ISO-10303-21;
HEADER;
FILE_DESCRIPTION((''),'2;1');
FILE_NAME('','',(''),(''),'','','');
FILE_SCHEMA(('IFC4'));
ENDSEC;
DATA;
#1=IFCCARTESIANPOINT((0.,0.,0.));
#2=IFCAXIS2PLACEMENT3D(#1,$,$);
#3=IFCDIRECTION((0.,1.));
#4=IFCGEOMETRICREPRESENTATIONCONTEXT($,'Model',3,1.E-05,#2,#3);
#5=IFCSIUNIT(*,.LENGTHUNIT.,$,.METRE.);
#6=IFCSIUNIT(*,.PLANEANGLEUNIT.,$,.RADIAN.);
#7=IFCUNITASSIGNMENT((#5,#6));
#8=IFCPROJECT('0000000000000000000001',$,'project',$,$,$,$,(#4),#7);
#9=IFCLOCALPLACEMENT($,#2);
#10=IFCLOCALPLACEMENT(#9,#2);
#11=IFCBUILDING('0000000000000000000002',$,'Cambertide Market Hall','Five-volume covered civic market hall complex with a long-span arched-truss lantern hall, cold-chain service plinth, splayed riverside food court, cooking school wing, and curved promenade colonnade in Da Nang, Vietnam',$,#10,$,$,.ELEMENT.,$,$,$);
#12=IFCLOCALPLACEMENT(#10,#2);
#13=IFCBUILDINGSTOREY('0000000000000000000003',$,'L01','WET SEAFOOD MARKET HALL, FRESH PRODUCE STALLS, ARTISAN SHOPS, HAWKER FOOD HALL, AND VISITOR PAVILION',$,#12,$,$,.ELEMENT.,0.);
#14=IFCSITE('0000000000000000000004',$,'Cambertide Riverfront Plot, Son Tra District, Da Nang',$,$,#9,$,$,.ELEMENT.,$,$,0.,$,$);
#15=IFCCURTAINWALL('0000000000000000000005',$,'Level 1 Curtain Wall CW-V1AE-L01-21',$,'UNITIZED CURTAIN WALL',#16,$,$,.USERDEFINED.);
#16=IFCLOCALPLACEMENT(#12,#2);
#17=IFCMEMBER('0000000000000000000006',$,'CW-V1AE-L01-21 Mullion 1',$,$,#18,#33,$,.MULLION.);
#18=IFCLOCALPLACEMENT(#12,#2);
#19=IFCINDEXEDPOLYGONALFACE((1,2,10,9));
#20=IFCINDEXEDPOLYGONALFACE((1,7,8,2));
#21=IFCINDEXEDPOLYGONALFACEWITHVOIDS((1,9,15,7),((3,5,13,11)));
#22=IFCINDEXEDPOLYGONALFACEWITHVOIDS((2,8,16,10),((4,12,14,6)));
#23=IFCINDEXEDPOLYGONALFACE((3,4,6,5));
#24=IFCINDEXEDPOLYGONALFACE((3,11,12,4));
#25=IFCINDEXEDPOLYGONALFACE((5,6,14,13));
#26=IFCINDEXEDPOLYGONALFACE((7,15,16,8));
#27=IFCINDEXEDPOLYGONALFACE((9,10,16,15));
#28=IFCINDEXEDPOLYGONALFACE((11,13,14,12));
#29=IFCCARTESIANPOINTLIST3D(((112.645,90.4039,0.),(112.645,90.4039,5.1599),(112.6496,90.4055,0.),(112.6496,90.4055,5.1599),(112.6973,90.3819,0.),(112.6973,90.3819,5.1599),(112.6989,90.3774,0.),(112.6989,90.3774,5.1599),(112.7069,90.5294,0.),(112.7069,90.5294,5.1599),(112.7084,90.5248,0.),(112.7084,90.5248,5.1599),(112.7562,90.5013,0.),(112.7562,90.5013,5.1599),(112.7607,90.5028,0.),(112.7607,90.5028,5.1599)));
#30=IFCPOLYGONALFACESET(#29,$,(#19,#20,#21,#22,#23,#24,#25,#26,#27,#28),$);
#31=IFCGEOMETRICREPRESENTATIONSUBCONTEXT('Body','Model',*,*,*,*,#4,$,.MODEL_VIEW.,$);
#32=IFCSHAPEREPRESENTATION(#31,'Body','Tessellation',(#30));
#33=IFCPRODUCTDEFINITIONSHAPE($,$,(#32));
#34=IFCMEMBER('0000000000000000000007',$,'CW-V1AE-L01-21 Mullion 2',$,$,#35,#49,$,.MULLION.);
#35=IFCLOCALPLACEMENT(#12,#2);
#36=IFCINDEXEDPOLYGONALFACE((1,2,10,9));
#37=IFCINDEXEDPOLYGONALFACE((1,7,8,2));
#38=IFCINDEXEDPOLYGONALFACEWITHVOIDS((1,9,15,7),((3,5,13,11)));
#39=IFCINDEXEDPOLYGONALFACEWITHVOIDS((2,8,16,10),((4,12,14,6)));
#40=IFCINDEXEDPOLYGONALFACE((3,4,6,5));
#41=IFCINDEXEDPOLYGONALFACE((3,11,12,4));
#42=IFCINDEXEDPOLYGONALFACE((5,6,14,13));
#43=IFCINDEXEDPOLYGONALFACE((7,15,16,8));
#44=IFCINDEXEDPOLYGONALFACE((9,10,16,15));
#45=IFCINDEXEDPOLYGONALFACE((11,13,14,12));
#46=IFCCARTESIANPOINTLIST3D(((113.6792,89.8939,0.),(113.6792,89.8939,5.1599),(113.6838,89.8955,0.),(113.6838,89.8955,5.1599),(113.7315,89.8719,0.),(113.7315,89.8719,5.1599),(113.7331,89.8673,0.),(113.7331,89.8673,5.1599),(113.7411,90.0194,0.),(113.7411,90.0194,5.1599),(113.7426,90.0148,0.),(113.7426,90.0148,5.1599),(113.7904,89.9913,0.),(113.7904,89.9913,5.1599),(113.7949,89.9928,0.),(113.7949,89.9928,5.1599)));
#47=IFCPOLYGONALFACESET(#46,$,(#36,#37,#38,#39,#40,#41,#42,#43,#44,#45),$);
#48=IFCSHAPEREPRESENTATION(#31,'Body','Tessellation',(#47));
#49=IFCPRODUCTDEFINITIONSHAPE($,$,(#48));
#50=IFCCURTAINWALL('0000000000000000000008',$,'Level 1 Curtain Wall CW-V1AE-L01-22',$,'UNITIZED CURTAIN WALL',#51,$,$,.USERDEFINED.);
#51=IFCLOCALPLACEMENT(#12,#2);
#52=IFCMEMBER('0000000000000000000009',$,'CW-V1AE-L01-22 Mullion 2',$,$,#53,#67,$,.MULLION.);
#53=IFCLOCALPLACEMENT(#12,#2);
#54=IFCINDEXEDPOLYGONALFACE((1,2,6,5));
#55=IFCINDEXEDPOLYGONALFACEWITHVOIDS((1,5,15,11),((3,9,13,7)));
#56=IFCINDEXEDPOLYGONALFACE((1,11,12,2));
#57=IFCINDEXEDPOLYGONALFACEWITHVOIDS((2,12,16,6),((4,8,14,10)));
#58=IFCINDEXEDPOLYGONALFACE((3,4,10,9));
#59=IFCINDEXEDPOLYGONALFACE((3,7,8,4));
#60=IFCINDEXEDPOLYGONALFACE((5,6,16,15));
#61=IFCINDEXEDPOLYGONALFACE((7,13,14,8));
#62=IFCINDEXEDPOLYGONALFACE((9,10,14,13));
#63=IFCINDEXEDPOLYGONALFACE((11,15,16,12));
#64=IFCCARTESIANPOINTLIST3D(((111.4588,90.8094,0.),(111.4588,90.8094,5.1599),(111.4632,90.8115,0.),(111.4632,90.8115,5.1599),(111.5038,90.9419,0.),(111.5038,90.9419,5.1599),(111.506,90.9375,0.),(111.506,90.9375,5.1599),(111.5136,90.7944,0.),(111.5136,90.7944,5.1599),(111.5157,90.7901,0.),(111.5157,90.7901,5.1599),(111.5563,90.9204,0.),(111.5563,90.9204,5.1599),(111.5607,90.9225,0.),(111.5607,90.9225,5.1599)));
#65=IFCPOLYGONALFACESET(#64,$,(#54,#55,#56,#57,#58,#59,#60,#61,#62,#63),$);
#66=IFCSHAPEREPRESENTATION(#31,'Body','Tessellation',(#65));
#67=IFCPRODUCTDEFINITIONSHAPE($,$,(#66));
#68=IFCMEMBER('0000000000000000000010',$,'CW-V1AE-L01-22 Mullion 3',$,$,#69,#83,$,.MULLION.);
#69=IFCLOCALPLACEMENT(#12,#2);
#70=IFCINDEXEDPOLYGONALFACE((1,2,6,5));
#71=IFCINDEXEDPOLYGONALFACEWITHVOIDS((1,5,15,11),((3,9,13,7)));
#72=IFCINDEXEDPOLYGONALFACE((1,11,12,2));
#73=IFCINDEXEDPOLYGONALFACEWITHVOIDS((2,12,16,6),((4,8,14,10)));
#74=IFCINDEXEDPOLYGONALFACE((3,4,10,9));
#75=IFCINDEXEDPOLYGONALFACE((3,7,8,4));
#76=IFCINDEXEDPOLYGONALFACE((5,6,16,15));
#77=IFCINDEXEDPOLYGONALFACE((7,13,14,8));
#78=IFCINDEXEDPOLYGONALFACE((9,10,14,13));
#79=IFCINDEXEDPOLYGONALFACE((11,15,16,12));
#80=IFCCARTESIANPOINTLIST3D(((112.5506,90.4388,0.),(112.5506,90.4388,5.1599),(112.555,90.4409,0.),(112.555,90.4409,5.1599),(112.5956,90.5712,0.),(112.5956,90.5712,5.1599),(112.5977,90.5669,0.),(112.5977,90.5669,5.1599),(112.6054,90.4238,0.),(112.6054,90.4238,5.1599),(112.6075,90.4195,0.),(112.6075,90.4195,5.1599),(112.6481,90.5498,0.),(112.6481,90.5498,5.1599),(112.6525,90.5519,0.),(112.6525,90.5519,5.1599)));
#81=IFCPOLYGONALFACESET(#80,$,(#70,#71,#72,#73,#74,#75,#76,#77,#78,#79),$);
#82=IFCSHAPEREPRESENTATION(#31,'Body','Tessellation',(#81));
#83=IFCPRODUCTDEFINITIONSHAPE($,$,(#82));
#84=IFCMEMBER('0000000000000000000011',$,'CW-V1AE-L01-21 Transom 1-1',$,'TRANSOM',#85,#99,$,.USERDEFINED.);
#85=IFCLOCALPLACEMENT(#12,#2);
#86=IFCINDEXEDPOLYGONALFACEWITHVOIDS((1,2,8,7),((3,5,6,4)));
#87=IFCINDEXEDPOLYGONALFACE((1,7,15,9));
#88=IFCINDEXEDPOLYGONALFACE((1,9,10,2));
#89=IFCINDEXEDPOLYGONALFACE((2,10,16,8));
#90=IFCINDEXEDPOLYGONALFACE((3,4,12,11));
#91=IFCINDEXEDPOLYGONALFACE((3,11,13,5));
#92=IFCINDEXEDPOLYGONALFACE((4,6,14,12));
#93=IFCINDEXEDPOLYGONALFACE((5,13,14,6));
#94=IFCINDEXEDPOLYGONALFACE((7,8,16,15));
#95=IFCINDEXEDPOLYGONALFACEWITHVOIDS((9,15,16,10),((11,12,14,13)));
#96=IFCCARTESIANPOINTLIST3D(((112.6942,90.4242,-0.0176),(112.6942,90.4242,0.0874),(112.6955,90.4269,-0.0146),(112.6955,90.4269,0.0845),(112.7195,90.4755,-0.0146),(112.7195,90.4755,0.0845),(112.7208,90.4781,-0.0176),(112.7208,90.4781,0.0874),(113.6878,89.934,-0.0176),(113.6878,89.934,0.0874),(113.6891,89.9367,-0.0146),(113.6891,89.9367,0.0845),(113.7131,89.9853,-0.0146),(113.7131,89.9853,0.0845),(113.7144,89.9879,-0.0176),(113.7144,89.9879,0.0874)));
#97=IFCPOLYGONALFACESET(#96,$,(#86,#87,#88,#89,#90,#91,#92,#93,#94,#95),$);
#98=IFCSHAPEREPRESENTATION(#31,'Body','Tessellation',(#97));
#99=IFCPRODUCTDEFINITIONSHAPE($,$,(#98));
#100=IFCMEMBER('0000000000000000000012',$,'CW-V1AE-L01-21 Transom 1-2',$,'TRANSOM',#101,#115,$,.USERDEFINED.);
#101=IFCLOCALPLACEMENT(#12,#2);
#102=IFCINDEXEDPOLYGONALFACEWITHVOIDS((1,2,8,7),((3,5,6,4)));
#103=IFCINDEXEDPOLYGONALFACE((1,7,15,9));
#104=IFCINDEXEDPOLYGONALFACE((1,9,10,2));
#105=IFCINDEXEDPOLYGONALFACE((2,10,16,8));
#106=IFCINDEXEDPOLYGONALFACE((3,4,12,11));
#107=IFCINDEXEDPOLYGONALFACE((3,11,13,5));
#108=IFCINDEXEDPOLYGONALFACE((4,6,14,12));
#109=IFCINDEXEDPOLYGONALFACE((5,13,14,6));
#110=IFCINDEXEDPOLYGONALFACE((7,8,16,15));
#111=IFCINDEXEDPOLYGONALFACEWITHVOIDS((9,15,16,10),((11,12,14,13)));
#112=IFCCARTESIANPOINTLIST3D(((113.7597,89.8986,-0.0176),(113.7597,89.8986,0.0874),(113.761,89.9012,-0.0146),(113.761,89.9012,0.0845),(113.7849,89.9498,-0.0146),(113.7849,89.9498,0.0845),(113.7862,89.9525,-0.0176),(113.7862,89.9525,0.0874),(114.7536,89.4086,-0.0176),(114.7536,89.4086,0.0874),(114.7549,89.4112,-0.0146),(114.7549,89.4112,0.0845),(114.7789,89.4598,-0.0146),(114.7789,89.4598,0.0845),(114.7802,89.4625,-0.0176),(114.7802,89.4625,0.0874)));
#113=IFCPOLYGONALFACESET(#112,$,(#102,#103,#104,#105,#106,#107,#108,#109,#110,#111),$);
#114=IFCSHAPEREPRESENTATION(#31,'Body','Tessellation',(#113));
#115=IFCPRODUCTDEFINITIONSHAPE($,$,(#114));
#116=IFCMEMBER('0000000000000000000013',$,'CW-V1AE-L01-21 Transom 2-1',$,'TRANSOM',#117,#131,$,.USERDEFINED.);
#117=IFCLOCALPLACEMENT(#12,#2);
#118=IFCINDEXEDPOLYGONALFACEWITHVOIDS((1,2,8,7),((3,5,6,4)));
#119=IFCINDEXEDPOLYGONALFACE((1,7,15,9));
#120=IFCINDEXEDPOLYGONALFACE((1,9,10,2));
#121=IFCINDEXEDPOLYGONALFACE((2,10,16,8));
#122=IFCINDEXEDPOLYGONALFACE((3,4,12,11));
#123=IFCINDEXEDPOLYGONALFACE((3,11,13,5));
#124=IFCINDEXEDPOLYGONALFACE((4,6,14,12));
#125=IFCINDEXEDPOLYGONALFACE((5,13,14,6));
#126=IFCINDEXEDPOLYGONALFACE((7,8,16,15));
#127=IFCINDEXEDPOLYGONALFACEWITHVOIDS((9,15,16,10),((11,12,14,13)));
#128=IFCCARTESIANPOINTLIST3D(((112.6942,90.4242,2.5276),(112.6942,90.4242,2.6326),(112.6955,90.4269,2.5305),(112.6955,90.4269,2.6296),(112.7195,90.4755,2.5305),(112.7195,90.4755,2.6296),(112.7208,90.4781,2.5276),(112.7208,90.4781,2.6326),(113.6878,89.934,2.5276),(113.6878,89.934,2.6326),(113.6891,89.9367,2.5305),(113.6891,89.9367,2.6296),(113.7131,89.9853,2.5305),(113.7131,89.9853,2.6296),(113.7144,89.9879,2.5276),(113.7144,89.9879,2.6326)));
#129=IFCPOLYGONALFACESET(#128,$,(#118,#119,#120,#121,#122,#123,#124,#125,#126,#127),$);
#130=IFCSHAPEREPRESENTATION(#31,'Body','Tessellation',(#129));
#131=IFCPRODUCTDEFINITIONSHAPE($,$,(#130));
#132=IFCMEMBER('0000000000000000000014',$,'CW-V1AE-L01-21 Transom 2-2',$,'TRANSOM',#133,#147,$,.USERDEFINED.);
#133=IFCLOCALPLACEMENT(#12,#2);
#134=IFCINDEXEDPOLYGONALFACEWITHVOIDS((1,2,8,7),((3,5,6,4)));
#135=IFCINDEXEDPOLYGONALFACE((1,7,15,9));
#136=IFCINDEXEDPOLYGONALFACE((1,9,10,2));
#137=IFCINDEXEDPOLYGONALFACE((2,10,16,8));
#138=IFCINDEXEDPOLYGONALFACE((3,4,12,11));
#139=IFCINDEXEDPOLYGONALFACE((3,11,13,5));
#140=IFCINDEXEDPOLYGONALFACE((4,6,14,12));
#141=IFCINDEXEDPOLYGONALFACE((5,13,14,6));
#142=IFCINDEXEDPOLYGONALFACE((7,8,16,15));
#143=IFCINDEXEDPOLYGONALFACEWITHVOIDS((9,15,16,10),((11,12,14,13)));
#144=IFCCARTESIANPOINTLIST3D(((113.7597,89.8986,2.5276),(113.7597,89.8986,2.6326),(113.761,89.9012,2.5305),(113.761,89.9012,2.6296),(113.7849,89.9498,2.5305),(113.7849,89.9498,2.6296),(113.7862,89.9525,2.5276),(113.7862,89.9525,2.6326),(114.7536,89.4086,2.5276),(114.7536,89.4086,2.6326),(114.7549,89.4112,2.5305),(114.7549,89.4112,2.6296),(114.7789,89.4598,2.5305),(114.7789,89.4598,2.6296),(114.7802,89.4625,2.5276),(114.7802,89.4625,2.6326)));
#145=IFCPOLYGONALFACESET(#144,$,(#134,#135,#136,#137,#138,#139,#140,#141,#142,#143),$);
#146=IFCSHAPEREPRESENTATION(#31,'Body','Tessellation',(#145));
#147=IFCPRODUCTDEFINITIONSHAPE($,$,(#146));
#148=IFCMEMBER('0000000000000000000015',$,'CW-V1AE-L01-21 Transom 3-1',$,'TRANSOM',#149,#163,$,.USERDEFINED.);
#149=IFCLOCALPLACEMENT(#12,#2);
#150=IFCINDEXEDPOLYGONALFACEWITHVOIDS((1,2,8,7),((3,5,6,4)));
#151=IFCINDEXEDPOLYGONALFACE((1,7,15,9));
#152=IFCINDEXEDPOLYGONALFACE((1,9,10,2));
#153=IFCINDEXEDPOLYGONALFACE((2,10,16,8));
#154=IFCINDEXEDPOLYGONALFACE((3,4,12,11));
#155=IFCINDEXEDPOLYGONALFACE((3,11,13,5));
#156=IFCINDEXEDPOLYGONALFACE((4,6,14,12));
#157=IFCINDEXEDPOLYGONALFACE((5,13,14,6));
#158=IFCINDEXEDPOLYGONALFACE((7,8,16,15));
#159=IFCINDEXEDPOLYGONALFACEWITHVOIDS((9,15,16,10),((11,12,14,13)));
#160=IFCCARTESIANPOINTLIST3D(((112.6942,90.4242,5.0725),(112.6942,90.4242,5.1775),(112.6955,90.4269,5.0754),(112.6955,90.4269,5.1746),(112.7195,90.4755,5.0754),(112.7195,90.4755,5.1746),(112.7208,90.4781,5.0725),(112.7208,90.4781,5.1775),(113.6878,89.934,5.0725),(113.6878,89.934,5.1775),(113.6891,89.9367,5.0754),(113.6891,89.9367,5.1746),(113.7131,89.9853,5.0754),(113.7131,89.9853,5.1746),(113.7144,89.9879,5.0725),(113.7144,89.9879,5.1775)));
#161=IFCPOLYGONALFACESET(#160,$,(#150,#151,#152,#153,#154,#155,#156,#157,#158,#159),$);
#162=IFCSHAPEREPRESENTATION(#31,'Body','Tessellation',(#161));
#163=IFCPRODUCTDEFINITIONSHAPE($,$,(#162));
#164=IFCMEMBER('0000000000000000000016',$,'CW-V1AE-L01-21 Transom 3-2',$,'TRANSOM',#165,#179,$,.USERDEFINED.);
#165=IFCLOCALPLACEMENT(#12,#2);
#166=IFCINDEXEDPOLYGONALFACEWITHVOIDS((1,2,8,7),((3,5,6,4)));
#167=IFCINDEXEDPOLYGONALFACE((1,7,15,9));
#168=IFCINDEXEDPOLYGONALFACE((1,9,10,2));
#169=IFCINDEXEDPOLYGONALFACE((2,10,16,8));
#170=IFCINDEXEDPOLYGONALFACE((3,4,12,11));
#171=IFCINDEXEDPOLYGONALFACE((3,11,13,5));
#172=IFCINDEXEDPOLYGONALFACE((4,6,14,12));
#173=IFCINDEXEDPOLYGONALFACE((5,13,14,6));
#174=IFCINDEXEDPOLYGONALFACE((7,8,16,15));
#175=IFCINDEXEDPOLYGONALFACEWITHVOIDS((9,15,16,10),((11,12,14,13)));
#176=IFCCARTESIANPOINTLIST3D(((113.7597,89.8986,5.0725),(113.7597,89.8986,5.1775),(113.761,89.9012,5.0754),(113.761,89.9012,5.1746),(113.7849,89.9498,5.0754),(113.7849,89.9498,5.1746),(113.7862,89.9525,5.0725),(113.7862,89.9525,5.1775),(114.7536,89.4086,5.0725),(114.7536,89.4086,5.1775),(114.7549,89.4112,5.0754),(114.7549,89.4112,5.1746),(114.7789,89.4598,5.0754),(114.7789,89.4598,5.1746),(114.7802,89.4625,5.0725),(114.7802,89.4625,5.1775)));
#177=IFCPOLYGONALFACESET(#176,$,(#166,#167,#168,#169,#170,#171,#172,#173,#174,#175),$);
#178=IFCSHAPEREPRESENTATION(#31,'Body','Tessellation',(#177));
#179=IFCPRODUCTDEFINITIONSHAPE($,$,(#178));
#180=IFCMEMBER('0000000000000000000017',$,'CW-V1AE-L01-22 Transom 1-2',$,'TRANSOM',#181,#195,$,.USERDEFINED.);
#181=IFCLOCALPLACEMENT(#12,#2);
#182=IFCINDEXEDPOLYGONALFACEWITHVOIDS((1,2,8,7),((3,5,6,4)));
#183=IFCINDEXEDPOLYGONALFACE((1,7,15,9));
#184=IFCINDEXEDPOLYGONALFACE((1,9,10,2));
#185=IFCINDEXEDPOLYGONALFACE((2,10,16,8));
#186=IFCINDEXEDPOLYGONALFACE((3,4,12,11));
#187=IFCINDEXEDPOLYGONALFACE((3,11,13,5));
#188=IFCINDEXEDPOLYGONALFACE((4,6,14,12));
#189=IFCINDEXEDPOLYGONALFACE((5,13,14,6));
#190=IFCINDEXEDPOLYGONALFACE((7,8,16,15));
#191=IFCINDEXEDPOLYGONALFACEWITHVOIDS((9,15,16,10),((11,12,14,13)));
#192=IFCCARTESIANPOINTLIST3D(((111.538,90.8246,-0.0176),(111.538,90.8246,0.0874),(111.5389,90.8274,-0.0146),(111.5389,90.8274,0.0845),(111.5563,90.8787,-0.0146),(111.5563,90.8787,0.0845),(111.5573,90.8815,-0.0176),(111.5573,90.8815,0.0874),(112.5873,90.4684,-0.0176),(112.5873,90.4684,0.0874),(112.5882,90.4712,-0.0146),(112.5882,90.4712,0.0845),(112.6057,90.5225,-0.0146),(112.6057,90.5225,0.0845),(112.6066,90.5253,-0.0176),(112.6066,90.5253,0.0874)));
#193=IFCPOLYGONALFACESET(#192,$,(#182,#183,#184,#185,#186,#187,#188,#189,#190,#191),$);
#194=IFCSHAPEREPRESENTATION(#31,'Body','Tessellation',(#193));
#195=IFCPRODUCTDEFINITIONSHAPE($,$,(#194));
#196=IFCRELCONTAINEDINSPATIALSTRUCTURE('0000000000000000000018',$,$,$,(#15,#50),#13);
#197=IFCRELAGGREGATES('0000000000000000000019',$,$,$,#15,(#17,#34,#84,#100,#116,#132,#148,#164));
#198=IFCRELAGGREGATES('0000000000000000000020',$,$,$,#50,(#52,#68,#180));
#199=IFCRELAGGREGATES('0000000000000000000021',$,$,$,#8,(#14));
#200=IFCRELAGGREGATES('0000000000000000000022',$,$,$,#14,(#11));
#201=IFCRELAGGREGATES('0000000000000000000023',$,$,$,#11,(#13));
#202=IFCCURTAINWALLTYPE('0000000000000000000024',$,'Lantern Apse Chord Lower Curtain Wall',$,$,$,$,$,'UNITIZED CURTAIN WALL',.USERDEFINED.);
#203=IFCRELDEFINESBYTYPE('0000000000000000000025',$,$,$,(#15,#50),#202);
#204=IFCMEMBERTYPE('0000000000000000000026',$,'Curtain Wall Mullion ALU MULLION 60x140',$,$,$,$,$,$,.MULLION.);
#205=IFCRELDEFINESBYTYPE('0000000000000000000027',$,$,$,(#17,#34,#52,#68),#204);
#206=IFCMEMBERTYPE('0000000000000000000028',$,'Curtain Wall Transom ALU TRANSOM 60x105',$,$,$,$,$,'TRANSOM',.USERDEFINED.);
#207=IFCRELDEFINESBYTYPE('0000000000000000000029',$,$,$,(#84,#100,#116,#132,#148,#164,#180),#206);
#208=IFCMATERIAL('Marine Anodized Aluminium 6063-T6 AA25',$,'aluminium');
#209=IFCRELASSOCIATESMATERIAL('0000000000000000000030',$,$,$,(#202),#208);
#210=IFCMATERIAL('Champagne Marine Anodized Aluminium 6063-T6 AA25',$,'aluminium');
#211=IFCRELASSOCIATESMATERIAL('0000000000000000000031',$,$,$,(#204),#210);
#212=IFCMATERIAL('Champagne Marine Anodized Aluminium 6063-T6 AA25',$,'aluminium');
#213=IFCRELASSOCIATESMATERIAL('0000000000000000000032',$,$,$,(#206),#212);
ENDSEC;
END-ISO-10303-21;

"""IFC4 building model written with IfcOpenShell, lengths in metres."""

from ifc_helpers import new_model, si_unit, direction, frame, origin, origin_2d, place, context, subcontext, project, spatial, hollow_rectangle, extrude, material, material_profile, profile_set, type_object, element, aggregate, save


model = new_model("IFC4")

# Units and contexts
model_context = context("Model", 3, precision=1e-05, world=origin(), true_north=direction((0.0, 1.0)))
body_context = subcontext(model_context, "Body", "Model", "MODEL_VIEW")
ifc_project = project(units=[si_unit("LENGTHUNIT", "METRE"), si_unit("PLANEANGLEUNIT", "RADIAN")], contexts=[model_context])

# Site, building, storey
site_placement = place(None, origin())
site = spatial("IfcSite", under=ifc_project, at=site_placement, Name="Cambertide Riverfront Plot, Son Tra District, Da Nang", CompositionType="ELEMENT", RefElevation=0.0)
building_placement = place(site_placement, origin())
building = spatial("IfcBuilding", under=site, at=building_placement, Name="Cambertide Market Hall", Description="Five-volume covered civic market hall complex with a long-span arched-truss lantern hall, cold-chain service plinth, splayed riverside food court, cooking school wing, and curved promenade colonnade in Da Nang, Vietnam", CompositionType="ELEMENT")
storey_placement = place(building_placement, origin())
storey = spatial("IfcBuildingStorey", under=building, at=storey_placement, Name="L01", Description="WET SEAFOOD MARKET HALL, FRESH PRODUCE STALLS, ARTISAN SHOPS, HAWKER FOOD HALL, AND VISITOR PAVILION", CompositionType="ELEMENT", Elevation=0.0)

# Curtain walls, members
ifc_material_1 = material(Name="Marine Anodized Aluminium 6063-T6 AA25", Category="aluminium")
curtain_wall_type = type_object("IfcCurtainWallType", Name="Lantern Apse Chord Lower Curtain Wall", ElementType="UNITIZED CURTAIN WALL", PredefinedType="USERDEFINED", material=ifc_material_1)
curtain_wall_1_placement = place(storey_placement, origin())
curtain_wall_1 = element("IfcCurtainWall", 1, at=curtain_wall_1_placement, inside=storey, type_object=curtain_wall_type, Name="Level 1 Curtain Wall CW-V1AE-L01-21", ObjectType="UNITIZED CURTAIN WALL", PredefinedType="USERDEFINED")
ifc_material_2 = material(Name="Champagne Marine Anodized Aluminium 6063-T6 AA25", Category="aluminium")
ifc_material_profile_1 = material_profile(ifc_material_2, hollow_rectangle(XDim=0.0601, YDim=0.1399, WallThickness=0.0034, at=origin_2d()), Name="ALU MULLION 60x140")
ifc_profile_set_1 = profile_set([ifc_material_profile_1], Name="Champagne Marine Anodized Aluminium 6063-T6 AA25")
member_type_1 = type_object("IfcMemberType", Name="Curtain Wall Mullion ALU MULLION 60x140", PredefinedType="MULLION", material=ifc_profile_set_1)
member_1_placement = place(storey_placement, frame((112.7029, 90.4534, 0.0), z_axis=(0.0, 0.0, 1.0), x_axis=(0.896873, -0.442289, 0.0)))
member_1 = element("IfcMember", 2, at=member_1_placement, type_object=member_type_1, Name="CW-V1AE-L01-21 Mullion 1", PredefinedType="MULLION", context=body_context, shape_type="SweptSolid", body=[
    extrude(hollow_rectangle(XDim=0.0601, YDim=0.1399, WallThickness=0.0034, at=origin_2d()), origin(), (0.0, 0.0, 1.0), 5.1599),
])
member_2_placement = place(storey_placement, frame((113.7371, 89.9434, 0.0), z_axis=(0.0, 0.0, 1.0), x_axis=(0.896873, -0.442289, 0.0)))
member_2 = element("IfcMember", 3, at=member_2_placement, type_object=member_type_1, Name="CW-V1AE-L01-21 Mullion 2", PredefinedType="MULLION", context=body_context, shape_type="SweptSolid", body=[
    extrude(hollow_rectangle(XDim=0.0601, YDim=0.1399, WallThickness=0.0034, at=origin_2d()), origin(), (0.0, 0.0, 1.0), 5.1599),
])
curtain_wall_2_placement = place(storey_placement, origin())
curtain_wall_2 = element("IfcCurtainWall", 4, at=curtain_wall_2_placement, inside=storey, type_object=curtain_wall_type, Name="Level 1 Curtain Wall CW-V1AE-L01-22", ObjectType="UNITIZED CURTAIN WALL", PredefinedType="USERDEFINED")
member_3_placement = place(storey_placement, frame((111.5098, 90.866, 0.0), z_axis=(0.0, 0.0, 1.0), x_axis=(0.94693, -0.321439, 0.0)))
member_3 = element("IfcMember", 5, at=member_3_placement, type_object=member_type_1, Name="CW-V1AE-L01-22 Mullion 2", PredefinedType="MULLION", context=body_context, shape_type="SweptSolid", body=[
    extrude(hollow_rectangle(XDim=0.0601, YDim=0.1399, WallThickness=0.0034, at=origin_2d()), origin(), (0.0, 0.0, 1.0), 5.1599),
])
member_4_placement = place(storey_placement, frame((112.6016, 90.4954, 0.0), z_axis=(0.0, 0.0, 1.0), x_axis=(0.94693, -0.321439, 0.0)))
member_4 = element("IfcMember", 6, at=member_4_placement, type_object=member_type_1, Name="CW-V1AE-L01-22 Mullion 3", PredefinedType="MULLION", context=body_context, shape_type="SweptSolid", body=[
    extrude(hollow_rectangle(XDim=0.0601, YDim=0.1399, WallThickness=0.0034, at=origin_2d()), origin(), (0.0, 0.0, 1.0), 5.1599),
])

# Members
ifc_material_3 = material(Name="Champagne Marine Anodized Aluminium 6063-T6 AA25", Category="aluminium")
ifc_material_profile_2 = material_profile(ifc_material_3, hollow_rectangle(XDim=0.0601, YDim=0.105, WallThickness=0.0029, at=origin_2d()), Name="ALU TRANSOM 60x105")
ifc_profile_set_2 = profile_set([ifc_material_profile_2], Name="Champagne Marine Anodized Aluminium 6063-T6 AA25")
member_type_2 = type_object("IfcMemberType", Name="Curtain Wall Transom ALU TRANSOM 60x105", ElementType="TRANSOM", PredefinedType="USERDEFINED", material=ifc_profile_set_2)
member_5_placement = place(storey_placement, frame((112.7075, 90.4512, 0.0349), z_axis=(0.896794, -0.442448, 0.0), x_axis=(0.442448, 0.896794, 0.0)))
member_5 = element("IfcMember", 7, at=member_5_placement, type_object=member_type_2, Name="CW-V1AE-L01-21 Transom 1-1", ObjectType="TRANSOM", PredefinedType="USERDEFINED", context=body_context, shape_type="SweptSolid", body=[
    extrude(hollow_rectangle(XDim=0.0601, YDim=0.105, WallThickness=0.0029, at=origin_2d()), origin(), (0.0, 0.0, 1.0), 1.1079),
])
member_6_placement = place(storey_placement, frame((113.7729, 89.9255, 0.0349), z_axis=(0.896925, -0.442183, 0.0), x_axis=(0.442183, 0.896925, 0.0)))
member_6 = element("IfcMember", 8, at=member_6_placement, type_object=member_type_2, Name="CW-V1AE-L01-21 Transom 1-2", ObjectType="TRANSOM", PredefinedType="USERDEFINED", context=body_context, shape_type="SweptSolid", body=[
    extrude(hollow_rectangle(XDim=0.0601, YDim=0.105, WallThickness=0.0029, at=origin_2d()), origin(), (0.0, 0.0, 1.0), 1.1082),
])
member_7_placement = place(storey_placement, frame((112.7075, 90.4512, 2.5801), z_axis=(0.896794, -0.442448, 0.0), x_axis=(0.442448, 0.896794, 0.0)))
member_7 = element("IfcMember", 9, at=member_7_placement, type_object=member_type_2, Name="CW-V1AE-L01-21 Transom 2-1", ObjectType="TRANSOM", PredefinedType="USERDEFINED", context=body_context, shape_type="SweptSolid", body=[
    extrude(hollow_rectangle(XDim=0.0601, YDim=0.105, WallThickness=0.0029, at=origin_2d()), origin(), (0.0, 0.0, 1.0), 1.1079),
])
member_8_placement = place(storey_placement, frame((113.7729, 89.9255, 2.5801), z_axis=(0.896925, -0.442183, 0.0), x_axis=(0.442183, 0.896925, 0.0)))
member_8 = element("IfcMember", 10, at=member_8_placement, type_object=member_type_2, Name="CW-V1AE-L01-21 Transom 2-2", ObjectType="TRANSOM", PredefinedType="USERDEFINED", context=body_context, shape_type="SweptSolid", body=[
    extrude(hollow_rectangle(XDim=0.0601, YDim=0.105, WallThickness=0.0029, at=origin_2d()), origin(), (0.0, 0.0, 1.0), 1.1082),
])
member_9_placement = place(storey_placement, frame((112.7075, 90.4512, 5.125), z_axis=(0.896794, -0.442448, 0.0), x_axis=(0.442448, 0.896794, 0.0)))
member_9 = element("IfcMember", 11, at=member_9_placement, type_object=member_type_2, Name="CW-V1AE-L01-21 Transom 3-1", ObjectType="TRANSOM", PredefinedType="USERDEFINED", context=body_context, shape_type="SweptSolid", body=[
    extrude(hollow_rectangle(XDim=0.0601, YDim=0.105, WallThickness=0.0029, at=origin_2d()), origin(), (0.0, 0.0, 1.0), 1.1079),
])
member_10_placement = place(storey_placement, frame((113.7729, 89.9255, 5.125), z_axis=(0.896925, -0.442183, 0.0), x_axis=(0.442183, 0.896925, 0.0)))
member_10 = element("IfcMember", 12, at=member_10_placement, type_object=member_type_2, Name="CW-V1AE-L01-21 Transom 3-2", ObjectType="TRANSOM", PredefinedType="USERDEFINED", context=body_context, shape_type="SweptSolid", body=[
    extrude(hollow_rectangle(XDim=0.0601, YDim=0.105, WallThickness=0.0029, at=origin_2d()), origin(), (0.0, 0.0, 1.0), 1.1082),
])
member_11_placement = place(storey_placement, frame((111.5476, 90.853, 0.0349), z_axis=(0.946928, -0.321445, 0.0), x_axis=(0.321445, 0.946928, 0.0)))
member_11 = element("IfcMember", 13, at=member_11_placement, type_object=member_type_2, Name="CW-V1AE-L01-22 Transom 1-2", ObjectType="TRANSOM", PredefinedType="USERDEFINED", context=body_context, shape_type="SweptSolid", body=[
    extrude(hollow_rectangle(XDim=0.0601, YDim=0.105, WallThickness=0.0029, at=origin_2d()), origin(), (0.0, 0.0, 1.0), 1.1082),
])

aggregate(curtain_wall_1, [member_1, member_2, member_5, member_6, member_7, member_8, member_9, member_10])
aggregate(curtain_wall_2, [member_3, member_4, member_11])

save(model, "model.ifc")
